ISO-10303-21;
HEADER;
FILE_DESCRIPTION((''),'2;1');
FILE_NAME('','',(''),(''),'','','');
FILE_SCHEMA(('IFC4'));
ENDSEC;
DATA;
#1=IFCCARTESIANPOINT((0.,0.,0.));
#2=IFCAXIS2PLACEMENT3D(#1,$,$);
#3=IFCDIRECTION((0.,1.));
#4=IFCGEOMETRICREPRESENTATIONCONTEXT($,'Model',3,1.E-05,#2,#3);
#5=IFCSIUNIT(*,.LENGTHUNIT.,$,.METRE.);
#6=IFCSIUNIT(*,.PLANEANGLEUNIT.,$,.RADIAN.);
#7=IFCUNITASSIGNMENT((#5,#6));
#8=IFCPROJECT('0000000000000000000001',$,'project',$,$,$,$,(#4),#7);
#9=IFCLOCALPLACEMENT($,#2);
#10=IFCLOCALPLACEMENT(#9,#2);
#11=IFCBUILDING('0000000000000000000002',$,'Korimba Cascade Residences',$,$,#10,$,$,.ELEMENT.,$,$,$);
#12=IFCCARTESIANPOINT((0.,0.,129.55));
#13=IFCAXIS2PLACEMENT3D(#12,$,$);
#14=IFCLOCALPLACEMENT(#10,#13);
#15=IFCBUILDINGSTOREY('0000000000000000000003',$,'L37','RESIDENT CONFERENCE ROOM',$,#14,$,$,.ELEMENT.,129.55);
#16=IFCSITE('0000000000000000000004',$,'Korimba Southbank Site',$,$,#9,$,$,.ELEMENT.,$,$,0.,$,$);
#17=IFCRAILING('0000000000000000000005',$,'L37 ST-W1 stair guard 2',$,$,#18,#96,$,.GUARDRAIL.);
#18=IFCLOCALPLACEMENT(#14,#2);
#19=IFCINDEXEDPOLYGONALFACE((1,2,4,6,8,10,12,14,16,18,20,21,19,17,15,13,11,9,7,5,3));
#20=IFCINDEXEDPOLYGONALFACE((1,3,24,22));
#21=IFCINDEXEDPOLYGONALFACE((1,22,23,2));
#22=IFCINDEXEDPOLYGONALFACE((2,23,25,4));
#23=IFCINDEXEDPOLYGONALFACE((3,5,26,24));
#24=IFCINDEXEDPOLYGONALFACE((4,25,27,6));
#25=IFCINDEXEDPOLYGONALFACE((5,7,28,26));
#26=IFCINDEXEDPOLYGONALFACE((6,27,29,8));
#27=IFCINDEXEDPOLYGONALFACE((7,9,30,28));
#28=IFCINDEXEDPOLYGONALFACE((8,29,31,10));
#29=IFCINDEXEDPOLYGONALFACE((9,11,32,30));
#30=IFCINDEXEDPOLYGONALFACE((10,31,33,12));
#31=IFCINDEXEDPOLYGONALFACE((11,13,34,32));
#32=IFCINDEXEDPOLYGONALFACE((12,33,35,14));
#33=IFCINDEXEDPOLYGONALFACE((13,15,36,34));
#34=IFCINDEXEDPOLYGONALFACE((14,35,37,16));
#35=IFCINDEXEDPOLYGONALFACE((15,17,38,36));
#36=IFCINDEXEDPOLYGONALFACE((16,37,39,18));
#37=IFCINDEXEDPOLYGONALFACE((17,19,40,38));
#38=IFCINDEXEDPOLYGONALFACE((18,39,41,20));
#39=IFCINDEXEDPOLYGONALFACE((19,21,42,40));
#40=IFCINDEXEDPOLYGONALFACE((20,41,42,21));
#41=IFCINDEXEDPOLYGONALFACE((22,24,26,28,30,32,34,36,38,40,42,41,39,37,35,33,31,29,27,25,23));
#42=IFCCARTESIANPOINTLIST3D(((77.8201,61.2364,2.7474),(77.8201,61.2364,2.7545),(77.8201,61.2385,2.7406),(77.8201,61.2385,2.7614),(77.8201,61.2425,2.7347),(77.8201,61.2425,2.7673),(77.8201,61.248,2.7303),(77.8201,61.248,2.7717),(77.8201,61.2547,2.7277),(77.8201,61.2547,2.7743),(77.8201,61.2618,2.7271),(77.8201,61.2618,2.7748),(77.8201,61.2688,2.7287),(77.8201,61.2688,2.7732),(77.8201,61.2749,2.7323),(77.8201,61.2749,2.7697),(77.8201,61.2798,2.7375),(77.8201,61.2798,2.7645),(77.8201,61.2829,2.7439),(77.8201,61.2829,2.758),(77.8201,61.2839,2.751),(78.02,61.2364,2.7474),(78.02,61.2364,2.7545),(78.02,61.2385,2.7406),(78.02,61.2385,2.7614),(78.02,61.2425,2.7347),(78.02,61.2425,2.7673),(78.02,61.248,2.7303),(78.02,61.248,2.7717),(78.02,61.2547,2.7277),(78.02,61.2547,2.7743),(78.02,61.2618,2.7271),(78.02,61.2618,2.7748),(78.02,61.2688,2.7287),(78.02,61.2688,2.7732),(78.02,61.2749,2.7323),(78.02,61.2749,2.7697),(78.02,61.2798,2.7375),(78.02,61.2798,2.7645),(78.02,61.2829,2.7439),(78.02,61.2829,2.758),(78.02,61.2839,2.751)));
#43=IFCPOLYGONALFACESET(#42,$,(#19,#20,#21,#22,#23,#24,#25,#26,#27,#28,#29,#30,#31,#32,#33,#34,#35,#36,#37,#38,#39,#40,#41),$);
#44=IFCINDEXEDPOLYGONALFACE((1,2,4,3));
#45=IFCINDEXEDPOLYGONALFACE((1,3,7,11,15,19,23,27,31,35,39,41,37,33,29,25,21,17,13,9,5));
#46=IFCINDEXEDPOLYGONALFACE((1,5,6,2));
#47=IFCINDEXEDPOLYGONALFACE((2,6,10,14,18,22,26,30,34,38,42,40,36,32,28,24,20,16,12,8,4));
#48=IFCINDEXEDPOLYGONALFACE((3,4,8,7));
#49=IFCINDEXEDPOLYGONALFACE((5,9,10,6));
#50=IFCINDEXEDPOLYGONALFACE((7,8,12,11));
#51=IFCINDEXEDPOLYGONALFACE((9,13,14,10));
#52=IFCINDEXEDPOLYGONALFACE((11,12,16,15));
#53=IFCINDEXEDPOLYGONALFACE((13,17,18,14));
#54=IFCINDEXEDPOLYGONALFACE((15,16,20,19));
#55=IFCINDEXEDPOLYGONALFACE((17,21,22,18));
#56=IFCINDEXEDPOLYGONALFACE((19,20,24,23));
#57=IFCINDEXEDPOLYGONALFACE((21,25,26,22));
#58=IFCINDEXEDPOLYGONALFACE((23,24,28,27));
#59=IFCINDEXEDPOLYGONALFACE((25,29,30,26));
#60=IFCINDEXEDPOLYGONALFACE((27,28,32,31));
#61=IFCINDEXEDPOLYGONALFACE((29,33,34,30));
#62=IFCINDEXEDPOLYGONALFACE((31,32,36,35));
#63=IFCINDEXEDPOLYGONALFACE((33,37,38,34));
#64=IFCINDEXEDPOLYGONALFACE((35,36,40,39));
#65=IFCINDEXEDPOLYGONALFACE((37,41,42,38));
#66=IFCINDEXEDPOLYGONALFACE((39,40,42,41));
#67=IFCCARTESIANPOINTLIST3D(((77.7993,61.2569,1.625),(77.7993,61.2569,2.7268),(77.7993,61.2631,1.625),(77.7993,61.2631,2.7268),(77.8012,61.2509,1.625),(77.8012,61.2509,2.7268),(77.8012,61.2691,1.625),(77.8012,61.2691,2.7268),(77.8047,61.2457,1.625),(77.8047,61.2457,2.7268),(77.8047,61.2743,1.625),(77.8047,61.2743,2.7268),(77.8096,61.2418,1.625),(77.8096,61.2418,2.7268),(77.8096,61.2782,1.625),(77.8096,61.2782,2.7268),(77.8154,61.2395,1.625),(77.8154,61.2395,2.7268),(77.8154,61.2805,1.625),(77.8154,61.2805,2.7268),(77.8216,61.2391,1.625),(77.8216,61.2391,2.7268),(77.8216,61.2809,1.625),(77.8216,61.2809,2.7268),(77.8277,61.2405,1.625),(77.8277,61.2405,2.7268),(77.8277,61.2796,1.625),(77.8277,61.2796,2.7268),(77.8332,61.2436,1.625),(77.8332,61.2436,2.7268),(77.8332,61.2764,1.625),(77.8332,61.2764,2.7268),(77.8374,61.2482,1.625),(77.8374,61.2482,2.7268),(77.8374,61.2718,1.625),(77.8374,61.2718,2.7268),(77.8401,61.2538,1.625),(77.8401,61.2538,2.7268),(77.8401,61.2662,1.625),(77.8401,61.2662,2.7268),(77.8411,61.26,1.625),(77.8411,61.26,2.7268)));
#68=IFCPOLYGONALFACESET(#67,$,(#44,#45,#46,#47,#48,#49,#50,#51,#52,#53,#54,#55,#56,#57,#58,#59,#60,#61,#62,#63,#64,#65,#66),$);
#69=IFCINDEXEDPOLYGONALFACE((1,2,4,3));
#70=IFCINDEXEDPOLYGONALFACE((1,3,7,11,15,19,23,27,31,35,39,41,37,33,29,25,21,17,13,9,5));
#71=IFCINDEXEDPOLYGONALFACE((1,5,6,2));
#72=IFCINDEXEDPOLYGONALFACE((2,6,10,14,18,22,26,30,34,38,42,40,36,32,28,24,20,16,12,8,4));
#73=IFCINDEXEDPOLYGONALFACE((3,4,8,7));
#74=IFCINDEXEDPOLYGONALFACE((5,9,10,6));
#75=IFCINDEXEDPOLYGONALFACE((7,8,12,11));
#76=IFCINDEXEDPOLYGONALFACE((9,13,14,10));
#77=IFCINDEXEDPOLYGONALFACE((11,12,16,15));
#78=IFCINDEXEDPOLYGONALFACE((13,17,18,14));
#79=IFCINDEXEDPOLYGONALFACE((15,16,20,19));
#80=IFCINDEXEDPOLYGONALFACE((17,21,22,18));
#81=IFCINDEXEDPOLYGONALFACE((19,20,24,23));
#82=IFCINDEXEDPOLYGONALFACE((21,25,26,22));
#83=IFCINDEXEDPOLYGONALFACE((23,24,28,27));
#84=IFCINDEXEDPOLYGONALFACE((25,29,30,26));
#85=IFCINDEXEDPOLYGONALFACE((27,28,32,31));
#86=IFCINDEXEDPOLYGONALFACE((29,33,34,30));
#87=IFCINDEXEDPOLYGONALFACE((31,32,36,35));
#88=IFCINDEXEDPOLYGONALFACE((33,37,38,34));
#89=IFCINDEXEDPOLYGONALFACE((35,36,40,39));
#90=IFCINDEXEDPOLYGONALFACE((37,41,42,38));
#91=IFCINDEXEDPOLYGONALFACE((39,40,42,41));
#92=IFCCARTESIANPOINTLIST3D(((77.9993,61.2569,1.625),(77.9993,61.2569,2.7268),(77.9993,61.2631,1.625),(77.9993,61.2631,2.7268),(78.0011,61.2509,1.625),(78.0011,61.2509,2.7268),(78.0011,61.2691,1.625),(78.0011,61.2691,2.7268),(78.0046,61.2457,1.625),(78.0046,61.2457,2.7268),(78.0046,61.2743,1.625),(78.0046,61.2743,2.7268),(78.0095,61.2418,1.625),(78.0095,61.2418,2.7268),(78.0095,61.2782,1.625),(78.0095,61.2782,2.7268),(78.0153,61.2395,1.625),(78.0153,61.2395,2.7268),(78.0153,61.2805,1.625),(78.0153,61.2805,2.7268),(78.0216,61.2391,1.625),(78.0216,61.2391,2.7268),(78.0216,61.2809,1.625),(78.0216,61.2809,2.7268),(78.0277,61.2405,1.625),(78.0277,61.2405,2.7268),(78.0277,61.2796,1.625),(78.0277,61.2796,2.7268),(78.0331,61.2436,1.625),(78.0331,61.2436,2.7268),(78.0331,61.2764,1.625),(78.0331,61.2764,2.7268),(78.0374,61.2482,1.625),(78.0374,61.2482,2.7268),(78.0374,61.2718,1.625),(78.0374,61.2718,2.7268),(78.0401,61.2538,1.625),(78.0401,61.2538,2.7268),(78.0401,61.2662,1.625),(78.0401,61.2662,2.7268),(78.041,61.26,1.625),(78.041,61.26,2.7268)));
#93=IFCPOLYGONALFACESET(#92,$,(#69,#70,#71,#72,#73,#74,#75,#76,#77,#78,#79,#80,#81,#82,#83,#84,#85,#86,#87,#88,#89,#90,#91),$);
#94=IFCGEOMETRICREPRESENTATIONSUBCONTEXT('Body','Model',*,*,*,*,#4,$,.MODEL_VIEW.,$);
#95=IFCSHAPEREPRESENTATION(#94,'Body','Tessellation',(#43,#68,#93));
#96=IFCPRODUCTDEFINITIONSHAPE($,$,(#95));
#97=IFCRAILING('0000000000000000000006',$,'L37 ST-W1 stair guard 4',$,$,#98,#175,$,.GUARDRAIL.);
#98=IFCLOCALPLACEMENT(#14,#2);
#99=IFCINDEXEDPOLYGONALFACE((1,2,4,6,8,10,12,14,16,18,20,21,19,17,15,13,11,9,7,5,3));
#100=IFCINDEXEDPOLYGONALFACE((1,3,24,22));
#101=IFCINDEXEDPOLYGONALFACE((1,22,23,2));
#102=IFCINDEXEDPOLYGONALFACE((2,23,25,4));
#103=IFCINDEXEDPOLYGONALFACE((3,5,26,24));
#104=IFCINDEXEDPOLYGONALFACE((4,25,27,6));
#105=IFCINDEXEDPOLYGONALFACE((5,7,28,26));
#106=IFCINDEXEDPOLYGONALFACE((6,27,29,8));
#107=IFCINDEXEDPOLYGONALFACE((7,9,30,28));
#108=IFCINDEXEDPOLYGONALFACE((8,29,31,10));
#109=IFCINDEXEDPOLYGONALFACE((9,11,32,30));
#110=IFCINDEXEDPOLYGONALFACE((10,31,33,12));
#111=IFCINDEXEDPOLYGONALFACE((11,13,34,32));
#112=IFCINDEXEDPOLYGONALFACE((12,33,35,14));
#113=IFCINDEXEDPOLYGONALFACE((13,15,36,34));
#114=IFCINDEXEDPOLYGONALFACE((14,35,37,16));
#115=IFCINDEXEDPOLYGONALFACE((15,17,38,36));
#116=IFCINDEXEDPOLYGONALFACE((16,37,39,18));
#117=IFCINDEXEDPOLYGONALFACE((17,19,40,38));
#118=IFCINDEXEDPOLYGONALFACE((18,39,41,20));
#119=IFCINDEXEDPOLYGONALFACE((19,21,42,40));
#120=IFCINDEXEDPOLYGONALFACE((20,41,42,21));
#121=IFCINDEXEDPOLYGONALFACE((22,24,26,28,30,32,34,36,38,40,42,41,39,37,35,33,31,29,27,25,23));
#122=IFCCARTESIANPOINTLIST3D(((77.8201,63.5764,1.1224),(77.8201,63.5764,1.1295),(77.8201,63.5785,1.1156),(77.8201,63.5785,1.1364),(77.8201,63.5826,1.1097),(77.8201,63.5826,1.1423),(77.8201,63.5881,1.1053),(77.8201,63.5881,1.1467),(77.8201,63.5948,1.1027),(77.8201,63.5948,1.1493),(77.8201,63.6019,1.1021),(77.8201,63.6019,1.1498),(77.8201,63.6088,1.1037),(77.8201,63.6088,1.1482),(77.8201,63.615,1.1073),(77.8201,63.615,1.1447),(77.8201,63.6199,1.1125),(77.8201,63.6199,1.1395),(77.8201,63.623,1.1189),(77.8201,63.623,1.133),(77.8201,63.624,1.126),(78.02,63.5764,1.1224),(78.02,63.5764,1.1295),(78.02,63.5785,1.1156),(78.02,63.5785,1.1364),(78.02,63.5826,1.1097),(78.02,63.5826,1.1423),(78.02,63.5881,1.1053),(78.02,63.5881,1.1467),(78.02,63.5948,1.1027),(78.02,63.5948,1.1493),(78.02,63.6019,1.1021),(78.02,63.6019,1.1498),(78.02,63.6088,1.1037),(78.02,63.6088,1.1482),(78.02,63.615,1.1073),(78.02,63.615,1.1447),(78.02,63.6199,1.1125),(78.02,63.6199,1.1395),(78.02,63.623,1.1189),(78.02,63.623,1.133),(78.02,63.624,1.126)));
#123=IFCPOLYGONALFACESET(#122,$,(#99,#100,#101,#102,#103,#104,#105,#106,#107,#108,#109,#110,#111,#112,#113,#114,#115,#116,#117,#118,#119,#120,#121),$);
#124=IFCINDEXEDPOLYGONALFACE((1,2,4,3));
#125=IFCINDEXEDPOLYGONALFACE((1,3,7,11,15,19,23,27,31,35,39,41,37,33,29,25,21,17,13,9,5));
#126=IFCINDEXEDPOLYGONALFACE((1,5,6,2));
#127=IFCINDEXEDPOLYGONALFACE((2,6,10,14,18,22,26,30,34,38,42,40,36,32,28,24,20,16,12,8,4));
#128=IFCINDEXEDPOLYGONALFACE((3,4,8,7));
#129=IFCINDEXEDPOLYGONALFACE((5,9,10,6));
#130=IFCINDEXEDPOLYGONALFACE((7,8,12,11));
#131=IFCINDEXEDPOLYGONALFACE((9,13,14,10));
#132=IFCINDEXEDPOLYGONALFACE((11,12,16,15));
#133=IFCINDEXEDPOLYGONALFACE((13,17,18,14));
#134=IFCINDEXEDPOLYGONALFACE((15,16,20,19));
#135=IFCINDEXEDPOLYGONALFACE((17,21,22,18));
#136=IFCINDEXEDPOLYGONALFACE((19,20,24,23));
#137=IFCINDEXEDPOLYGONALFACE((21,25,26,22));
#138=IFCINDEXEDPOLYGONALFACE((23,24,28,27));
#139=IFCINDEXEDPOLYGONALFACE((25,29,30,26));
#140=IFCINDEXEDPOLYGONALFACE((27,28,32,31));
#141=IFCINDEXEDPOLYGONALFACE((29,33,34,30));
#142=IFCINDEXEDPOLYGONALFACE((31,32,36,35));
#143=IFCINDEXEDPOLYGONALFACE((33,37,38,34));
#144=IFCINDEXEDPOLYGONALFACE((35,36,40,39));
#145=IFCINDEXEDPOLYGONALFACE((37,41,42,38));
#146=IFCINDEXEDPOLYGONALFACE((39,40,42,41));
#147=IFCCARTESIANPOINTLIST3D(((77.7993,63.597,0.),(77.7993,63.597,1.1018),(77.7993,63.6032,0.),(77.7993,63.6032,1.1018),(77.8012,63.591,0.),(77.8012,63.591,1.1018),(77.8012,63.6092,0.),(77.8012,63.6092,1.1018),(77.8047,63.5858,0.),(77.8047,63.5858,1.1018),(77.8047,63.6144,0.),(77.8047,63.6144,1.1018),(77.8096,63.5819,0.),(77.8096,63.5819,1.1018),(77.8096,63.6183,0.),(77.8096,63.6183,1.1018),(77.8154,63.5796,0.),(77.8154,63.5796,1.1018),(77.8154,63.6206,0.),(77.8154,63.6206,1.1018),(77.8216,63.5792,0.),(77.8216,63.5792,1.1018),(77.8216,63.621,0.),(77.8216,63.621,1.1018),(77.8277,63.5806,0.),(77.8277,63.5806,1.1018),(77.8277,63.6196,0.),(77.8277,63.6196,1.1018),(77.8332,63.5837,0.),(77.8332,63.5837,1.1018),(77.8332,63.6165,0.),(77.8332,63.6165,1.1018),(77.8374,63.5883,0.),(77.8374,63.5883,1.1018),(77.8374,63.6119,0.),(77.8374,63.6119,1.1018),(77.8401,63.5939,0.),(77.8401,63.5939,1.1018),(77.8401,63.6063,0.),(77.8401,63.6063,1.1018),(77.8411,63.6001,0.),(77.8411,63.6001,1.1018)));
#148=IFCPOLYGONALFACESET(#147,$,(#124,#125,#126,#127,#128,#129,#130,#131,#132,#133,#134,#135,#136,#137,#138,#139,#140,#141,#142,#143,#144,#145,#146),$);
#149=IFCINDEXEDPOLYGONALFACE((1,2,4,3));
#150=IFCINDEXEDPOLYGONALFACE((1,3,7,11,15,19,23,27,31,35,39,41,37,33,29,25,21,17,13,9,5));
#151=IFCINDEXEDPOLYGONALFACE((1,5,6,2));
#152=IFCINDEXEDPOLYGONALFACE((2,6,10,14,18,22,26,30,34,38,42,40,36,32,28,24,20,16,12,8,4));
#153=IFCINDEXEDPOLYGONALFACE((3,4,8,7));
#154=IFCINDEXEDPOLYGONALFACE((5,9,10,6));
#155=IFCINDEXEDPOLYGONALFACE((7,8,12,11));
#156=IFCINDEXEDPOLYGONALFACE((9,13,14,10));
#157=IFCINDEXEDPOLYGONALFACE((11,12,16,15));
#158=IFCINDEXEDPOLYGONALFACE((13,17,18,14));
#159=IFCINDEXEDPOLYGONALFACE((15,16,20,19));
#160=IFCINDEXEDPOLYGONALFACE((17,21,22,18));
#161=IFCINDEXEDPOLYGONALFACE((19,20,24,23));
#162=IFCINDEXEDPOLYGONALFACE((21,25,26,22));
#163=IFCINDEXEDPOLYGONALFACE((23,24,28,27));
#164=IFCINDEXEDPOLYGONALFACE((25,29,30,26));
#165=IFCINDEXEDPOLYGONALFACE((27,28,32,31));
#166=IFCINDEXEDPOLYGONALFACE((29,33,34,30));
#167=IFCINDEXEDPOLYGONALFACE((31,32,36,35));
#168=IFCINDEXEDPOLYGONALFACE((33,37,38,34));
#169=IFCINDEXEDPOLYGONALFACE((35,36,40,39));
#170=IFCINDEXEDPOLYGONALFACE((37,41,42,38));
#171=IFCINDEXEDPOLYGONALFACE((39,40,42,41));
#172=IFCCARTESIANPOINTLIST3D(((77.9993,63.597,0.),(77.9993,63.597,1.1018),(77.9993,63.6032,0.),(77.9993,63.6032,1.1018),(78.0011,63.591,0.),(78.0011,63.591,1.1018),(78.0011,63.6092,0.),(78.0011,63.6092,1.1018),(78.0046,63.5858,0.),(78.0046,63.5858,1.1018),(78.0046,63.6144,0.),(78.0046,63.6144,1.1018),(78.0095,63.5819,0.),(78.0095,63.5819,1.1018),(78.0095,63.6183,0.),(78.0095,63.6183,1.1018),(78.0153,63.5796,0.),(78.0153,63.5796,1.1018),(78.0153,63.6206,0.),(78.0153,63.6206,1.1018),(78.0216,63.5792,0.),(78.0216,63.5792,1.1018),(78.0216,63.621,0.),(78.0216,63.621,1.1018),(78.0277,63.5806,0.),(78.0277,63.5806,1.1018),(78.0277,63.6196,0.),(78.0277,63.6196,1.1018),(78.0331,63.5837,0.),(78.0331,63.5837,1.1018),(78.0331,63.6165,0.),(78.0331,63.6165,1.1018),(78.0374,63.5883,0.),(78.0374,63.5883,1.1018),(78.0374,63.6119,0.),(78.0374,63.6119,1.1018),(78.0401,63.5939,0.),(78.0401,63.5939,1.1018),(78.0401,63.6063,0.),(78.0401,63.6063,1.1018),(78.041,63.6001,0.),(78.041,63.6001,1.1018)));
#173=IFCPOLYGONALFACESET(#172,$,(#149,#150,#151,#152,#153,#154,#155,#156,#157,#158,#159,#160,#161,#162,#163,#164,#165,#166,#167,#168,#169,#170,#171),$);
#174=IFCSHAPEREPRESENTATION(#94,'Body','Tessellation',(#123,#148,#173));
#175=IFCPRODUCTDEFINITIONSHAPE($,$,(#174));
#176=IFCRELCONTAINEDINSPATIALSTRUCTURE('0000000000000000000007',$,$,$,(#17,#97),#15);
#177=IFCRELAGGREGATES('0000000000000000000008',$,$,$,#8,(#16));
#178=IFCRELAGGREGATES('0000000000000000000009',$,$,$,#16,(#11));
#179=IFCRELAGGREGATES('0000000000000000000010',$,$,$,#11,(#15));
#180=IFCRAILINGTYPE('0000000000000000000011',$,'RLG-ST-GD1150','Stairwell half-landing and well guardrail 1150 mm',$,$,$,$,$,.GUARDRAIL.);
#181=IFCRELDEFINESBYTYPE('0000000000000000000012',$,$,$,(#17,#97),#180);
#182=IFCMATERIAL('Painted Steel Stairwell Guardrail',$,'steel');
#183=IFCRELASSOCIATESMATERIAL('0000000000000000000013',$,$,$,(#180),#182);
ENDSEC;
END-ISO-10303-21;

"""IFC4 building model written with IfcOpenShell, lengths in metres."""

from ifc_helpers import new_model, si_unit, direction, frame, origin, origin_2d, place, context, subcontext, project, spatial, circle, extrude, material, type_object, element, save


model = new_model("IFC4")

# Units and contexts
model_context = context("Model", 3, precision=1e-05, world=origin(), true_north=direction((0.0, 1.0)))
body_context = subcontext(model_context, "Body", "Model", "MODEL_VIEW")
ifc_project = project(units=[si_unit("LENGTHUNIT", "METRE"), si_unit("PLANEANGLEUNIT", "RADIAN")], contexts=[model_context])

# Site, building, storey
site_placement = place(None, origin())
site = spatial("IfcSite", under=ifc_project, at=site_placement, Name="Korimba Southbank Site", CompositionType="ELEMENT", RefElevation=0.0)
building_placement = place(site_placement, origin())
building = spatial("IfcBuilding", under=site, at=building_placement, Name="Korimba Cascade Residences", CompositionType="ELEMENT")
storey_placement = place(building_placement, frame((0.0, 0.0, 129.55)))
storey = spatial("IfcBuildingStorey", under=building, at=storey_placement, Name="L37", Description="RESIDENT CONFERENCE ROOM", CompositionType="ELEMENT", Elevation=129.55)

# Railings
ifc_material_1 = material(Name="Painted Steel Stairwell Guardrail", Category="steel")
railing_type_1 = type_object("IfcRailingType", Name="RLG-ST-GD1150", Description="Stairwell half-landing and well guardrail 1150 mm", PredefinedType="GUARDRAIL", material=ifc_material_1)
for number, where, name in (
    (1, (77.8201, 61.26, 1.625), "L37 ST-W1 stair guard 2"),
    (2, (77.8201, 63.6001, 0.0), "L37 ST-W1 stair guard 4"),
):
    element("IfcRailing", number, at=place(storey_placement, frame(where)), inside=storey, type_object=railing_type_1, Name=name, PredefinedType="GUARDRAIL", context=body_context, shape_type="SweptSolid", body=[
        extrude(circle(Radius=0.0239, at=origin_2d()), frame((0.0, 0.0, 1.126), z_axis=(1.0, 0.0, 0.0), x_axis=(0.0, 1.0, 0.0)), (0.0, 0.0, 1.0), 0.2),
        extrude(circle(Radius=0.021, at=origin_2d()), origin(), (0.0, 0.0, 1.0), 1.1018),
        extrude(circle(Radius=0.021, at=origin_2d()), frame((0.2, 0.0, 0.0)), (0.0, 0.0, 1.0), 1.1018),
    ])

save(model, "model.ifc")
